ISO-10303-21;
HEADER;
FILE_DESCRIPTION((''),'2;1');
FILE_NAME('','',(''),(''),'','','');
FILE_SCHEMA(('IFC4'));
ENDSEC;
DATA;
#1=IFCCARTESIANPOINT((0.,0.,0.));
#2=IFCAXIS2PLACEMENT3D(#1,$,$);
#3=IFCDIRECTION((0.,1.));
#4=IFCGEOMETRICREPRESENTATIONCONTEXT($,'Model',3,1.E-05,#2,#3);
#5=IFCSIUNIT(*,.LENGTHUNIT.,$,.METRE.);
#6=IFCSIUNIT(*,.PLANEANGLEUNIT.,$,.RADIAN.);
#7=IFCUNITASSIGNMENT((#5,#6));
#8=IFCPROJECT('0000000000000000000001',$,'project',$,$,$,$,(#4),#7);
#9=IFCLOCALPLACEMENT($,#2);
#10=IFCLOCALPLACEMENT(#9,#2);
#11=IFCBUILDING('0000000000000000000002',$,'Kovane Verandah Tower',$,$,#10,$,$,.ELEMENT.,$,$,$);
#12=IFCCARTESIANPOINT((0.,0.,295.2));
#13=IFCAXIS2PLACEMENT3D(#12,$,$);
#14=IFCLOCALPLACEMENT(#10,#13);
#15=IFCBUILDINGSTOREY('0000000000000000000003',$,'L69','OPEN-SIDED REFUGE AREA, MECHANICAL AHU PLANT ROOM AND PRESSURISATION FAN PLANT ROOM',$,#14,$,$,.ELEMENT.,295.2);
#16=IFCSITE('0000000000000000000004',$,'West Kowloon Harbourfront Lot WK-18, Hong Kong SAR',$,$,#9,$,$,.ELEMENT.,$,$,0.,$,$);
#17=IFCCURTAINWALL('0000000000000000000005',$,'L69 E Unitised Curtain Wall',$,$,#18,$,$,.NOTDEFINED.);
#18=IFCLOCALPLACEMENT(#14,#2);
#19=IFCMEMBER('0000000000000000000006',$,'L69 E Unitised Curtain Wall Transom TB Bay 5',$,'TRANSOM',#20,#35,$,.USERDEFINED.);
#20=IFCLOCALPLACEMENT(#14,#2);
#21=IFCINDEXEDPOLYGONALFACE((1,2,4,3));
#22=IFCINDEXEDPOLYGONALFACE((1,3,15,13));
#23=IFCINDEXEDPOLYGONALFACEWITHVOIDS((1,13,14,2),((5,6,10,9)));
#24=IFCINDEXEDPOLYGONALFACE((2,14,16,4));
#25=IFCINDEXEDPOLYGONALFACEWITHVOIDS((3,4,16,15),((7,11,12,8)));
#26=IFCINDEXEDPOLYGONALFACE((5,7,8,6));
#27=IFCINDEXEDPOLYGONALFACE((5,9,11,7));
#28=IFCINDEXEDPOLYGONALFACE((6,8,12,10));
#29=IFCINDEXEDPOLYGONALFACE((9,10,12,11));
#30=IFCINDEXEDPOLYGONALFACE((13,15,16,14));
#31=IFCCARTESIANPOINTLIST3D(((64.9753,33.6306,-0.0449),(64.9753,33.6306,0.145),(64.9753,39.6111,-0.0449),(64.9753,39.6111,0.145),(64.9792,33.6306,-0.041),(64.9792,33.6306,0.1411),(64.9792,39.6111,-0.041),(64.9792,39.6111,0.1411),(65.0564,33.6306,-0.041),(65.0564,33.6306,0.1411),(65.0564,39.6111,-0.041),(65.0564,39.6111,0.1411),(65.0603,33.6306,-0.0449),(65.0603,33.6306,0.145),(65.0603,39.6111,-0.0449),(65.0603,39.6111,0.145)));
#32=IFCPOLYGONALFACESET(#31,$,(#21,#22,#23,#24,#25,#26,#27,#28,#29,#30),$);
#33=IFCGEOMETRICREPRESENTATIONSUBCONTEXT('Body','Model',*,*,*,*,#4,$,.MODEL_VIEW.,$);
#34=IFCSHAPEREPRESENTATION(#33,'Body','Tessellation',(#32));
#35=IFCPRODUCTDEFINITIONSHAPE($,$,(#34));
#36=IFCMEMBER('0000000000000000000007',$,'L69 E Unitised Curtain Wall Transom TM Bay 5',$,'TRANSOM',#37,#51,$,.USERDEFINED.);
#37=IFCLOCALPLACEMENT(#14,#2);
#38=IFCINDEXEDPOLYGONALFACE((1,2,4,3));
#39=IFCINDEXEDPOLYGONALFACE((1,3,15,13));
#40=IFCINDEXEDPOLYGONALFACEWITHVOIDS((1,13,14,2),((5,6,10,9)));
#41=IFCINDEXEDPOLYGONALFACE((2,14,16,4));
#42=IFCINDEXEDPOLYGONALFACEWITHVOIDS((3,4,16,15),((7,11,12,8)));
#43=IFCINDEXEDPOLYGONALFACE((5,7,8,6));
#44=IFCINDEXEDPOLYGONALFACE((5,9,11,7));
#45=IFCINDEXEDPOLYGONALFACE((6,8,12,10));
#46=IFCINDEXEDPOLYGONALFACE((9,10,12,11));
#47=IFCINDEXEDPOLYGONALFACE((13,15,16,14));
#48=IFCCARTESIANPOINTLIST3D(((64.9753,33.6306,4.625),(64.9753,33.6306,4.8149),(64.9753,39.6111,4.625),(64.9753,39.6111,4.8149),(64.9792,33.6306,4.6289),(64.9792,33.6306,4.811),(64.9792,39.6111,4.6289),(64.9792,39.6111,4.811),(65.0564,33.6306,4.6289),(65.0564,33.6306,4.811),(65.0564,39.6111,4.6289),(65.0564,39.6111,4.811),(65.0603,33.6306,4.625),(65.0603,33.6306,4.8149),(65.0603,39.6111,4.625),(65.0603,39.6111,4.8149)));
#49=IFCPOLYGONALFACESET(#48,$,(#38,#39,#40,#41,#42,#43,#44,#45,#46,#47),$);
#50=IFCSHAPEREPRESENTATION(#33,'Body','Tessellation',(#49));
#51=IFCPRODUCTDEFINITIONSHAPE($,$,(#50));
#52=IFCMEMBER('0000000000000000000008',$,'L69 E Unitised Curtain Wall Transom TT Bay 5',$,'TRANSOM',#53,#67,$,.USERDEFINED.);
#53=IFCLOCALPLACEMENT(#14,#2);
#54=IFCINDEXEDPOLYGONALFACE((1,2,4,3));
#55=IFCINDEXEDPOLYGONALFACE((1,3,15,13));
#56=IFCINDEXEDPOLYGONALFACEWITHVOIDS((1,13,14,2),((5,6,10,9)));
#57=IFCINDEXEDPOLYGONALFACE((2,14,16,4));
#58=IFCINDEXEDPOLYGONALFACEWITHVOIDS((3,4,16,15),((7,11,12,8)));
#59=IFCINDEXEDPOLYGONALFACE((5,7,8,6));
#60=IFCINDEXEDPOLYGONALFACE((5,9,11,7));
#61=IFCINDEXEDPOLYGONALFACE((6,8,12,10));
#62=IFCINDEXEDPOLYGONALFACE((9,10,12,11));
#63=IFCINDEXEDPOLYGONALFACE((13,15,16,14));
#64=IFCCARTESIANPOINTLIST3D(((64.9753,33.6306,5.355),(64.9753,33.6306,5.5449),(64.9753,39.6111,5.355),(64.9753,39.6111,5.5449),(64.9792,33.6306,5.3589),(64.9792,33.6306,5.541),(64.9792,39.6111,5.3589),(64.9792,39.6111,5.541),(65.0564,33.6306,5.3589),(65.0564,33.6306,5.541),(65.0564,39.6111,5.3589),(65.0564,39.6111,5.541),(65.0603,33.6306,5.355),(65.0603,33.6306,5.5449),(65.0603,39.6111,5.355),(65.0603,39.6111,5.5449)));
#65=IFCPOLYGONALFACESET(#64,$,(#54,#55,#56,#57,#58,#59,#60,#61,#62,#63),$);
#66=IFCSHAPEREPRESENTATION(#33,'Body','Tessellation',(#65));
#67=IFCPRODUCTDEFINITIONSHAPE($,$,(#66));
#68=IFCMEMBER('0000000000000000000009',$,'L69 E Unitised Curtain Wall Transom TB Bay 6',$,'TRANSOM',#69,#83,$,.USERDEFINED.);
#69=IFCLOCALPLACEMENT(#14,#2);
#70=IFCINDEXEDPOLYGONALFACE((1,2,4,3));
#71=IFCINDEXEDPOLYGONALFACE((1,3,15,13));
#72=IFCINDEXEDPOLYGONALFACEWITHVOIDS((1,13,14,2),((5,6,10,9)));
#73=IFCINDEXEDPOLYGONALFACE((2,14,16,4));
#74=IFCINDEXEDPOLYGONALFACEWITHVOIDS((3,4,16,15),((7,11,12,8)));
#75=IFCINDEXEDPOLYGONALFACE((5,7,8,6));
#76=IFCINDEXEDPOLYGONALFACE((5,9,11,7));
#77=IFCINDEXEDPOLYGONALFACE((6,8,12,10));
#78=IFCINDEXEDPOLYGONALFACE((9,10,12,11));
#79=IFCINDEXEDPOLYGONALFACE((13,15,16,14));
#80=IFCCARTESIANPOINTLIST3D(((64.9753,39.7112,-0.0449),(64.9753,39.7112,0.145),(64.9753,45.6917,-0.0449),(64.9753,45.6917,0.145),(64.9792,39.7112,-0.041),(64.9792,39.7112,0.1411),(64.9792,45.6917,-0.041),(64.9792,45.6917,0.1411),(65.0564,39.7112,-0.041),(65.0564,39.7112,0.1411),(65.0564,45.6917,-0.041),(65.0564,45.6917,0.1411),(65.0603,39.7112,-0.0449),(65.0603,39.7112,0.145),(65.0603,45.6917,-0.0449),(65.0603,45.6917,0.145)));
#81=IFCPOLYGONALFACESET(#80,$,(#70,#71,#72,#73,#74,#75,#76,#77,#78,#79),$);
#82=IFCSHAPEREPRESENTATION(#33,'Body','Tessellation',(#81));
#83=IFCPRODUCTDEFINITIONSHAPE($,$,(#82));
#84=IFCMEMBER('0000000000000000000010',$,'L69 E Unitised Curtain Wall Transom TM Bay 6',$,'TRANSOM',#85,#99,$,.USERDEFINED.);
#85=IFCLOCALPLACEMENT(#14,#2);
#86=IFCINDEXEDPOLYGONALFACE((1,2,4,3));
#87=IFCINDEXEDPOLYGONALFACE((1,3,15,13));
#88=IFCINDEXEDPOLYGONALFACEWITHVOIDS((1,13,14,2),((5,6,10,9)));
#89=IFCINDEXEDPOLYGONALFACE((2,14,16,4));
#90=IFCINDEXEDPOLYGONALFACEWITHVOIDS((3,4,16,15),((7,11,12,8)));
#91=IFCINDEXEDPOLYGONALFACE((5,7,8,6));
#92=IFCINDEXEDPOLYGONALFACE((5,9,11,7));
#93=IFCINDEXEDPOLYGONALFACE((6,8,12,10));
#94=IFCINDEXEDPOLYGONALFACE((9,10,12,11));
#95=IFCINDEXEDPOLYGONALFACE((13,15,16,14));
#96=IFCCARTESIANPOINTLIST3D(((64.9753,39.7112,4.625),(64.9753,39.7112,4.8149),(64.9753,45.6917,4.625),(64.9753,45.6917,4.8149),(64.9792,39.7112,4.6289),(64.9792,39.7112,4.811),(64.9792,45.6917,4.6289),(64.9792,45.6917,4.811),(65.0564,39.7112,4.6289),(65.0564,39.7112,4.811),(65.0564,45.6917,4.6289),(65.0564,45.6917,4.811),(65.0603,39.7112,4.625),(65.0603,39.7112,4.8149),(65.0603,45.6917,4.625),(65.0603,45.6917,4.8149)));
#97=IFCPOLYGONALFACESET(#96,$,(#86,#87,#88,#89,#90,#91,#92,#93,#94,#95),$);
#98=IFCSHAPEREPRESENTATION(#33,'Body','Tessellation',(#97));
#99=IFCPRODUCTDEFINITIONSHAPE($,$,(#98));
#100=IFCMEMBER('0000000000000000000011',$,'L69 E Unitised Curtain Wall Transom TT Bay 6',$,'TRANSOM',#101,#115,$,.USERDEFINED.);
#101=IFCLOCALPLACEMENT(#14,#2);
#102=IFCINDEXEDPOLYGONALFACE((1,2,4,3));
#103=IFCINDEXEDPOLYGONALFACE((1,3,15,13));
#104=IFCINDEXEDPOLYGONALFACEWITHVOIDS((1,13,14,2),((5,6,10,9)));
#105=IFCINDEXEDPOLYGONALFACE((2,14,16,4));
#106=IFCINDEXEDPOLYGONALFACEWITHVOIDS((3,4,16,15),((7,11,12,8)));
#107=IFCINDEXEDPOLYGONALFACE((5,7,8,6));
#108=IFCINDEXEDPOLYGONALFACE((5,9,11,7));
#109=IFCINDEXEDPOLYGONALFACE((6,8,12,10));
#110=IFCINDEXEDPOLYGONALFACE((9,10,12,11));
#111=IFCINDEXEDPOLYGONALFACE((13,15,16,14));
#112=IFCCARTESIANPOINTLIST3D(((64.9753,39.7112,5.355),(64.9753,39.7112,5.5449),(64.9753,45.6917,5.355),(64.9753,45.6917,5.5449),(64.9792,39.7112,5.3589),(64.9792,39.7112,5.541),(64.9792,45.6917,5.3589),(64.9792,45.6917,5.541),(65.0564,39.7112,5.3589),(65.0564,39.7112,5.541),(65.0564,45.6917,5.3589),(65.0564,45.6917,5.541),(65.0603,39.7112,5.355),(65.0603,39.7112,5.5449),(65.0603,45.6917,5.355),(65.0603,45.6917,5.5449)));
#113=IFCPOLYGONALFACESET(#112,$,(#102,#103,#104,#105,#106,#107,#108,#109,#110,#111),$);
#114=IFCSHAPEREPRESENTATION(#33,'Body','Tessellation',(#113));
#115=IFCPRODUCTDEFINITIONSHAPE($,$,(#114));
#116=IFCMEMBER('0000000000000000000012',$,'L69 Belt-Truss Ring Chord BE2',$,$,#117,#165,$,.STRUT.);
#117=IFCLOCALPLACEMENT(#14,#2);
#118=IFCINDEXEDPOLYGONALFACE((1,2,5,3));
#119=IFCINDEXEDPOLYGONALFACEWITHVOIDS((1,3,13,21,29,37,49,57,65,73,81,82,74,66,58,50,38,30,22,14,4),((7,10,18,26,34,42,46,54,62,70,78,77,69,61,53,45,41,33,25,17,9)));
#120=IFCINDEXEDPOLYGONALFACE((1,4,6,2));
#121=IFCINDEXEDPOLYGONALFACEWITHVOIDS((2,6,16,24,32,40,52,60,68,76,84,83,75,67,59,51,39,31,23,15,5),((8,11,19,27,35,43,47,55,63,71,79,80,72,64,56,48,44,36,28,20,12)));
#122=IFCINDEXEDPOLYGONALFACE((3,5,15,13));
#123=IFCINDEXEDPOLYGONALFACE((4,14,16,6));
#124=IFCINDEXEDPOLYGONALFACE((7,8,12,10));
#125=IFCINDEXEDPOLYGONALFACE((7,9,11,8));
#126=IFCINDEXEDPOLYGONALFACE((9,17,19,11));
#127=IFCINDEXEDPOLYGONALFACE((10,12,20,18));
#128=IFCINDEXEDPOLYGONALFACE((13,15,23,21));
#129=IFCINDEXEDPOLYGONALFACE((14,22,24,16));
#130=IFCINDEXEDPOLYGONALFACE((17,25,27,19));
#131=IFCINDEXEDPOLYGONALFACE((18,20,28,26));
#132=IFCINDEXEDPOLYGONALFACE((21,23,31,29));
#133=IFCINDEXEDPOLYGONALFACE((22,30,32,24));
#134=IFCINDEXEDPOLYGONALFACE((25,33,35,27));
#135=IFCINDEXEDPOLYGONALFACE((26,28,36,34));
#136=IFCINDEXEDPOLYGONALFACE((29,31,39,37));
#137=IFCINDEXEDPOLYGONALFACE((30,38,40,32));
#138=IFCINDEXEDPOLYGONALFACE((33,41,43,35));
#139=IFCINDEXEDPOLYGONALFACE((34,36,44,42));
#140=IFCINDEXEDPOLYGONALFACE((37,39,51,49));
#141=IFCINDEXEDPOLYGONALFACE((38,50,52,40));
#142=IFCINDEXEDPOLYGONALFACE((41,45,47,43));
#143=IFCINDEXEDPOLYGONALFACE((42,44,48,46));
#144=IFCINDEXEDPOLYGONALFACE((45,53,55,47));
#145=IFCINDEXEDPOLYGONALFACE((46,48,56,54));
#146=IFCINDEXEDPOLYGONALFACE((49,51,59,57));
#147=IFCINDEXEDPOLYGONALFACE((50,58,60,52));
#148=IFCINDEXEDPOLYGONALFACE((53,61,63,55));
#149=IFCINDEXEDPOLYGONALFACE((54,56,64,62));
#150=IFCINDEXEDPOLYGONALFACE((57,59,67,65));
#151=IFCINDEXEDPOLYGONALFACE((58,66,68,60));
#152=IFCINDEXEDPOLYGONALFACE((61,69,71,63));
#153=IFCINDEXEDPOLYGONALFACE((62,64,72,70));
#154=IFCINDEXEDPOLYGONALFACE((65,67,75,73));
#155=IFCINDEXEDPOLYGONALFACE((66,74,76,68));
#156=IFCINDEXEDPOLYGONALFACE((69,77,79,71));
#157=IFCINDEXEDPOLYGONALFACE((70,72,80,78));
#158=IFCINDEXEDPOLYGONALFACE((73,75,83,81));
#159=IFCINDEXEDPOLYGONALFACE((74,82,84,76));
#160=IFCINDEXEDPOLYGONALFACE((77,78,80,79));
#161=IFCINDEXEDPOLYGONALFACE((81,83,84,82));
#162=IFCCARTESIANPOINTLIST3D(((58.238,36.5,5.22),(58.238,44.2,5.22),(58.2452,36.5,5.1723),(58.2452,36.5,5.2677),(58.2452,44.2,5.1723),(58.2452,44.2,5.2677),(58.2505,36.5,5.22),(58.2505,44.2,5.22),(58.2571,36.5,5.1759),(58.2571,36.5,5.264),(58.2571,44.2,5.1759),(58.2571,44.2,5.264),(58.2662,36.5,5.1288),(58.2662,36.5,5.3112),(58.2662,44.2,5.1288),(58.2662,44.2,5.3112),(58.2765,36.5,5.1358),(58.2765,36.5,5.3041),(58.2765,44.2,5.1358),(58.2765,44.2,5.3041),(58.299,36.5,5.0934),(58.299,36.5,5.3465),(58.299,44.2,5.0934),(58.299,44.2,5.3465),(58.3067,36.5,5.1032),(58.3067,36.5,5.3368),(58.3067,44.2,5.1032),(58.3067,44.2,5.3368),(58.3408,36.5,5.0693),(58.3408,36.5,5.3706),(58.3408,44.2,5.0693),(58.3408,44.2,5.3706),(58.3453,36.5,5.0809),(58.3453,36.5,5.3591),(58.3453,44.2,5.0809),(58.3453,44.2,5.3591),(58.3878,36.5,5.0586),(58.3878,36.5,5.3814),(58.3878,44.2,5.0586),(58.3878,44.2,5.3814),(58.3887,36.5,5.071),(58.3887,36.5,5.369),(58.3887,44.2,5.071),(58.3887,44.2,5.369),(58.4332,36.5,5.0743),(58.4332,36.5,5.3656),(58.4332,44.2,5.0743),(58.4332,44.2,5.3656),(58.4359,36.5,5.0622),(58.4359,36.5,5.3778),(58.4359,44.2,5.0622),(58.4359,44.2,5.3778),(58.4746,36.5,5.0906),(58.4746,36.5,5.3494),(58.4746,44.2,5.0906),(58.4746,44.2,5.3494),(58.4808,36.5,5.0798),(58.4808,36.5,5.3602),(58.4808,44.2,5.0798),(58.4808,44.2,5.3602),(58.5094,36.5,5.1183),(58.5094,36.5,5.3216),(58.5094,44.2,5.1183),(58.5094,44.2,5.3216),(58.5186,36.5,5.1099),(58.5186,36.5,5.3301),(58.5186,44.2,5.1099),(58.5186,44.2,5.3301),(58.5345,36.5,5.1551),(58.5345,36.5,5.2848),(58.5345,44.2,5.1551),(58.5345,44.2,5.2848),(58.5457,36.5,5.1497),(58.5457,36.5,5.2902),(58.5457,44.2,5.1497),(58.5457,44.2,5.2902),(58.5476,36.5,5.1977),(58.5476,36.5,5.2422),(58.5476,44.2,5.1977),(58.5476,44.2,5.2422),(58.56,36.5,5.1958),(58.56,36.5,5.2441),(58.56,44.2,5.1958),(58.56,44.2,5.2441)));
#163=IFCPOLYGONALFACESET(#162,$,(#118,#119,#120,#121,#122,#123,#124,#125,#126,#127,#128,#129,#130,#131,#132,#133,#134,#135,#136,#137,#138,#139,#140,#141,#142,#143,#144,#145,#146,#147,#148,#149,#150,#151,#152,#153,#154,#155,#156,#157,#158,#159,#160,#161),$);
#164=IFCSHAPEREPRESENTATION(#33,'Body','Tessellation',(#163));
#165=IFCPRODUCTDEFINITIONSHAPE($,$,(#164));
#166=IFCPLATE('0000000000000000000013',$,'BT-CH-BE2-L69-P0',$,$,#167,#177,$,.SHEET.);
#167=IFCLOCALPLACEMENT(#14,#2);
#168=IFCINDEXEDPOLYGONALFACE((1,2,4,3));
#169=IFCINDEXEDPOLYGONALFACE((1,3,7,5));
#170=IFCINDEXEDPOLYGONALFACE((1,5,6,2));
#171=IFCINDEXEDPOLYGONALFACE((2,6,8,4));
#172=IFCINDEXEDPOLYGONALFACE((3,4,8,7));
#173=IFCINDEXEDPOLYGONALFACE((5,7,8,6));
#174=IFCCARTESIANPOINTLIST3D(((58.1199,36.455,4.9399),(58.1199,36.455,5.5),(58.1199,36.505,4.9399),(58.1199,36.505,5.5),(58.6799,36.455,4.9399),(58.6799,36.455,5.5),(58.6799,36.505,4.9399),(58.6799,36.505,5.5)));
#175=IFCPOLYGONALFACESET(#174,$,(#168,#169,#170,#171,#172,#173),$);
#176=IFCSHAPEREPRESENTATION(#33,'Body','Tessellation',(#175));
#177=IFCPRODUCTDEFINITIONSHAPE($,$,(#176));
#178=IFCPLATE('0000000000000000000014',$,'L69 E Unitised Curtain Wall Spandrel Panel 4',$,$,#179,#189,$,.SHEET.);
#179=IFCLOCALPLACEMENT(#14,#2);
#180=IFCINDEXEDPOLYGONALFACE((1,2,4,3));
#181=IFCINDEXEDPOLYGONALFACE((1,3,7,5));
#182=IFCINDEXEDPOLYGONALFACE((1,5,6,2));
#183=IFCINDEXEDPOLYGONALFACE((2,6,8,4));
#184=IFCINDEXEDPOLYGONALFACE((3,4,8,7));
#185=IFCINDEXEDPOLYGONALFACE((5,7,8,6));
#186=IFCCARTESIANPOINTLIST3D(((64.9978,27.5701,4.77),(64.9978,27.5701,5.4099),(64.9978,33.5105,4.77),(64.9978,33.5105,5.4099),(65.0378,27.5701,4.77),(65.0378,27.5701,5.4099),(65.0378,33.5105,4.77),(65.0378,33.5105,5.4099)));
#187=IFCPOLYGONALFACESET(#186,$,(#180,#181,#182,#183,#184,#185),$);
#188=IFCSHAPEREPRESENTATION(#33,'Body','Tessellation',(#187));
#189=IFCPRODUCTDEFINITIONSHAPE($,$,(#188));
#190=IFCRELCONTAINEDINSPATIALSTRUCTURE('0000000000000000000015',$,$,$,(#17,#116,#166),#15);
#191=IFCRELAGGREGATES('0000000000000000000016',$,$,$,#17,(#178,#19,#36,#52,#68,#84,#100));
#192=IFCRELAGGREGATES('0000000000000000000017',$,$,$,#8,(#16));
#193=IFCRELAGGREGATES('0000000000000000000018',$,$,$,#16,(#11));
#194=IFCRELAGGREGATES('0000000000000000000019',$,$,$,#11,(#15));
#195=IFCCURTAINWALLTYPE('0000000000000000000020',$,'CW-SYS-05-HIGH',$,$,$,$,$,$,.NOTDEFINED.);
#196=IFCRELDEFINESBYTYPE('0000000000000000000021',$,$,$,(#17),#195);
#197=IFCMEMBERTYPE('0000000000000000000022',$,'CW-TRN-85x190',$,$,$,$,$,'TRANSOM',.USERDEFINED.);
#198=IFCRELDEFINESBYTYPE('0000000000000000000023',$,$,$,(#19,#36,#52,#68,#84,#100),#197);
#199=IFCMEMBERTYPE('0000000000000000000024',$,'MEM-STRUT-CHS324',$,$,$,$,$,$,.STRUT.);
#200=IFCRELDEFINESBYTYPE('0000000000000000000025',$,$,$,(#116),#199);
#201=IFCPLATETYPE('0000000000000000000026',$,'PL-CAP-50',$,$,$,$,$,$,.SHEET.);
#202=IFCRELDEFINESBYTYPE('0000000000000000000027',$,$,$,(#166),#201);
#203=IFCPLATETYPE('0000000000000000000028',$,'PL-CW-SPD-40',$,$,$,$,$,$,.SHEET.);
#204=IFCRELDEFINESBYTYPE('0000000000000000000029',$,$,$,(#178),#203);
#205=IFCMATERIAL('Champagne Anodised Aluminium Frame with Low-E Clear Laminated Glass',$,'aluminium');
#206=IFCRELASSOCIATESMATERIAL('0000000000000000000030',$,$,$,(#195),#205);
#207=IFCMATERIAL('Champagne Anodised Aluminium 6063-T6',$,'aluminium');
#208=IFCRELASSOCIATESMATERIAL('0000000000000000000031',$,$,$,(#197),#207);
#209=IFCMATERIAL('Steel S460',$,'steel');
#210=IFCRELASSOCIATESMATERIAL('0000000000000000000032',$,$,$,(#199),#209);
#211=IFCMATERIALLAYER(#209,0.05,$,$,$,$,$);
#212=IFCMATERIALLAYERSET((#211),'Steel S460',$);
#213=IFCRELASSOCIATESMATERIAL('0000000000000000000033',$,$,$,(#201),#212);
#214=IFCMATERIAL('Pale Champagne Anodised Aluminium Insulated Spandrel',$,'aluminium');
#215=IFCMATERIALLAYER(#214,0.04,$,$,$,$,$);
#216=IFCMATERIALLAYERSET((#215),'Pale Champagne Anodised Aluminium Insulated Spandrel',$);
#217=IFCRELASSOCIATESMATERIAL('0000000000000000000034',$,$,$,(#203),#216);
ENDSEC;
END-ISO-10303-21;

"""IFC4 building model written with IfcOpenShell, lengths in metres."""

from ifc_helpers import new_model, si_unit, direction, frame, origin, origin_2d, place, context, subcontext, project, spatial, rectangle, hollow_rectangle, hollow_circle, extrude, material, layer, layer_set, material_profile, profile_set, type_object, element, aggregate, save


model = new_model("IFC4")

# Units and contexts
model_context = context("Model", 3, precision=1e-05, world=origin(), true_north=direction((0.0, 1.0)))
body_context = subcontext(model_context, "Body", "Model", "MODEL_VIEW")
ifc_project = project(units=[si_unit("LENGTHUNIT", "METRE"), si_unit("PLANEANGLEUNIT", "RADIAN")], contexts=[model_context])

# Site, building, storey
site_placement = place(None, origin())
site = spatial("IfcSite", under=ifc_project, at=site_placement, Name="West Kowloon Harbourfront Lot WK-18, Hong Kong SAR", CompositionType="ELEMENT", RefElevation=0.0)
building_placement = place(site_placement, origin())
building = spatial("IfcBuilding", under=site, at=building_placement, Name="Kovane Verandah Tower", CompositionType="ELEMENT")
storey_placement = place(building_placement, frame((0.0, 0.0, 295.2)))
storey = spatial("IfcBuildingStorey", under=building, at=storey_placement, Name="L69", Description="OPEN-SIDED REFUGE AREA, MECHANICAL AHU PLANT ROOM AND PRESSURISATION FAN PLANT ROOM", CompositionType="ELEMENT", Elevation=295.2)

# Shared definitions
ifc_material_1 = material(Name="Steel S460", Category="steel")

# Curtain wall, members
ifc_material_2 = material(Name="Champagne Anodised Aluminium Frame with Low-E Clear Laminated Glass", Category="aluminium")
curtain_wall_type = type_object("IfcCurtainWallType", Name="CW-SYS-05-HIGH", PredefinedType="NOTDEFINED", material=ifc_material_2)
curtain_wall_placement = place(storey_placement, origin())
curtain_wall = element("IfcCurtainWall", 1, at=curtain_wall_placement, inside=storey, type_object=curtain_wall_type, Name="L69 E Unitised Curtain Wall", PredefinedType="NOTDEFINED")
ifc_material_3 = material(Name="Champagne Anodised Aluminium 6063-T6", Category="aluminium")
ifc_material_profile_1 = material_profile(ifc_material_3, hollow_rectangle(XDim=0.085, YDim=0.1899, WallThickness=0.0039, at=origin_2d()), Name="AL85x190x4")
ifc_profile_set_1 = profile_set([ifc_material_profile_1], Name="Champagne Anodised Aluminium 6063-T6")
member_type_1 = type_object("IfcMemberType", Name="CW-TRN-85x190", ElementType="TRANSOM", PredefinedType="USERDEFINED", material=ifc_profile_set_1)
member_1_placement = place(storey_placement, frame((65.0178, 33.6306, 0.05), z_axis=(0.0, 1.0, 0.0), x_axis=(-1.0, 0.0, 0.0)))
member_1 = element("IfcMember", 2, at=member_1_placement, type_object=member_type_1, Name="L69 E Unitised Curtain Wall Transom TB Bay 5", ObjectType="TRANSOM", PredefinedType="USERDEFINED", context=body_context, shape_type="SweptSolid", body=[
    extrude(hollow_rectangle(XDim=0.085, YDim=0.1899, WallThickness=0.0039, at=origin_2d()), origin(), (0.0, 0.0, 1.0), 5.9805),
])
member_2_placement = place(storey_placement, frame((65.0178, 33.6306, 4.72), z_axis=(0.0, 1.0, 0.0), x_axis=(-1.0, 0.0, 0.0)))
member_2 = element("IfcMember", 3, at=member_2_placement, type_object=member_type_1, Name="L69 E Unitised Curtain Wall Transom TM Bay 5", ObjectType="TRANSOM", PredefinedType="USERDEFINED", context=body_context, shape_type="SweptSolid", body=[
    extrude(hollow_rectangle(XDim=0.085, YDim=0.1899, WallThickness=0.0039, at=origin_2d()), origin(), (0.0, 0.0, 1.0), 5.9805),
])
member_3_placement = place(storey_placement, frame((65.0178, 33.6306, 5.45), z_axis=(0.0, 1.0, 0.0), x_axis=(-1.0, 0.0, 0.0)))
member_3 = element("IfcMember", 4, at=member_3_placement, type_object=member_type_1, Name="L69 E Unitised Curtain Wall Transom TT Bay 5", ObjectType="TRANSOM", PredefinedType="USERDEFINED", context=body_context, shape_type="SweptSolid", body=[
    extrude(hollow_rectangle(XDim=0.085, YDim=0.1899, WallThickness=0.0039, at=origin_2d()), origin(), (0.0, 0.0, 1.0), 5.9805),
])
member_4_placement = place(storey_placement, frame((65.0178, 39.7112, 0.05), z_axis=(0.0, 1.0, 0.0), x_axis=(-1.0, 0.0, 0.0)))
member_4 = element("IfcMember", 5, at=member_4_placement, type_object=member_type_1, Name="L69 E Unitised Curtain Wall Transom TB Bay 6", ObjectType="TRANSOM", PredefinedType="USERDEFINED", context=body_context, shape_type="SweptSolid", body=[
    extrude(hollow_rectangle(XDim=0.085, YDim=0.1899, WallThickness=0.0039, at=origin_2d()), origin(), (0.0, 0.0, 1.0), 5.9805),
])
member_5_placement = place(storey_placement, frame((65.0178, 39.7112, 4.72), z_axis=(0.0, 1.0, 0.0), x_axis=(-1.0, 0.0, 0.0)))
member_5 = element("IfcMember", 6, at=member_5_placement, type_object=member_type_1, Name="L69 E Unitised Curtain Wall Transom TM Bay 6", ObjectType="TRANSOM", PredefinedType="USERDEFINED", context=body_context, shape_type="SweptSolid", body=[
    extrude(hollow_rectangle(XDim=0.085, YDim=0.1899, WallThickness=0.0039, at=origin_2d()), origin(), (0.0, 0.0, 1.0), 5.9805),
])
member_6_placement = place(storey_placement, frame((65.0178, 39.7112, 5.45), z_axis=(0.0, 1.0, 0.0), x_axis=(-1.0, 0.0, 0.0)))
member_6 = element("IfcMember", 7, at=member_6_placement, type_object=member_type_1, Name="L69 E Unitised Curtain Wall Transom TT Bay 6", ObjectType="TRANSOM", PredefinedType="USERDEFINED", context=body_context, shape_type="SweptSolid", body=[
    extrude(hollow_rectangle(XDim=0.085, YDim=0.1899, WallThickness=0.0039, at=origin_2d()), origin(), (0.0, 0.0, 1.0), 5.9805),
])

# Member
ifc_material_profile_2 = material_profile(ifc_material_1, hollow_circle(Radius=0.1619, WallThickness=0.0125, at=origin_2d()), Name="CHS323.9x12.5")
ifc_profile_set_2 = profile_set([ifc_material_profile_2], Name="Steel S460")
member_type_2 = type_object("IfcMemberType", Name="MEM-STRUT-CHS324", PredefinedType="STRUT", material=ifc_profile_set_2)
member_7_placement = place(storey_placement, frame((58.3999, 36.5, 5.22), z_axis=(0.0, 1.0, 0.0), x_axis=(-1.0, 0.0, 0.0)))
element("IfcMember", 8, at=member_7_placement, inside=storey, type_object=member_type_2, Name="L69 Belt-Truss Ring Chord BE2", PredefinedType="STRUT", context=body_context, shape_type="SweptSolid", body=[
    extrude(hollow_circle(Radius=0.1619, WallThickness=0.0125, at=origin_2d()), origin(), (0.0, 0.0, 1.0), 7.7),
])

# Plates
ifc_layer_1 = layer(ifc_material_1, 0.05)
ifc_layer_set_1 = layer_set([ifc_layer_1], Name="Steel S460")
plate_type_1 = type_object("IfcPlateType", Name="PL-CAP-50", PredefinedType="SHEET", material=ifc_layer_set_1)
plate_1_placement = place(storey_placement, frame((58.3999, 36.48, 4.9399), z_axis=(0.0, 0.0, 1.0), x_axis=(0.0, 1.0, 0.0)))
element("IfcPlate", 9, at=plate_1_placement, inside=storey, type_object=plate_type_1, Name="BT-CH-BE2-L69-P0", PredefinedType="SHEET", context=body_context, shape_type="SweptSolid", body=[
    extrude(rectangle(XDim=0.05, YDim=0.5601, at=origin_2d()), origin(), (0.0, 0.0, 1.0), 0.5601),
])
ifc_material_4 = material(Name="Pale Champagne Anodised Aluminium Insulated Spandrel", Category="aluminium")
ifc_layer_2 = layer(ifc_material_4, 0.04)
ifc_layer_set_2 = layer_set([ifc_layer_2], Name="Pale Champagne Anodised Aluminium Insulated Spandrel")
plate_type_2 = type_object("IfcPlateType", Name="PL-CW-SPD-40", PredefinedType="SHEET", material=ifc_layer_set_2)
plate_2_placement = place(storey_placement, frame((65.0178, 30.5403, 4.77), z_axis=(0.0, 0.0, 1.0), x_axis=(0.0, 1.0, 0.0)))
plate_2 = element("IfcPlate", 10, at=plate_2_placement, type_object=plate_type_2, Name="L69 E Unitised Curtain Wall Spandrel Panel 4", PredefinedType="SHEET", context=body_context, shape_type="SweptSolid", body=[
    extrude(rectangle(XDim=5.9404, YDim=0.04, at=origin_2d()), origin(), (0.0, 0.0, 1.0), 0.6399),
])
aggregate(curtain_wall, [plate_2, member_1, member_2, member_3, member_4, member_5, member_6])

save(model, "model.ifc")
